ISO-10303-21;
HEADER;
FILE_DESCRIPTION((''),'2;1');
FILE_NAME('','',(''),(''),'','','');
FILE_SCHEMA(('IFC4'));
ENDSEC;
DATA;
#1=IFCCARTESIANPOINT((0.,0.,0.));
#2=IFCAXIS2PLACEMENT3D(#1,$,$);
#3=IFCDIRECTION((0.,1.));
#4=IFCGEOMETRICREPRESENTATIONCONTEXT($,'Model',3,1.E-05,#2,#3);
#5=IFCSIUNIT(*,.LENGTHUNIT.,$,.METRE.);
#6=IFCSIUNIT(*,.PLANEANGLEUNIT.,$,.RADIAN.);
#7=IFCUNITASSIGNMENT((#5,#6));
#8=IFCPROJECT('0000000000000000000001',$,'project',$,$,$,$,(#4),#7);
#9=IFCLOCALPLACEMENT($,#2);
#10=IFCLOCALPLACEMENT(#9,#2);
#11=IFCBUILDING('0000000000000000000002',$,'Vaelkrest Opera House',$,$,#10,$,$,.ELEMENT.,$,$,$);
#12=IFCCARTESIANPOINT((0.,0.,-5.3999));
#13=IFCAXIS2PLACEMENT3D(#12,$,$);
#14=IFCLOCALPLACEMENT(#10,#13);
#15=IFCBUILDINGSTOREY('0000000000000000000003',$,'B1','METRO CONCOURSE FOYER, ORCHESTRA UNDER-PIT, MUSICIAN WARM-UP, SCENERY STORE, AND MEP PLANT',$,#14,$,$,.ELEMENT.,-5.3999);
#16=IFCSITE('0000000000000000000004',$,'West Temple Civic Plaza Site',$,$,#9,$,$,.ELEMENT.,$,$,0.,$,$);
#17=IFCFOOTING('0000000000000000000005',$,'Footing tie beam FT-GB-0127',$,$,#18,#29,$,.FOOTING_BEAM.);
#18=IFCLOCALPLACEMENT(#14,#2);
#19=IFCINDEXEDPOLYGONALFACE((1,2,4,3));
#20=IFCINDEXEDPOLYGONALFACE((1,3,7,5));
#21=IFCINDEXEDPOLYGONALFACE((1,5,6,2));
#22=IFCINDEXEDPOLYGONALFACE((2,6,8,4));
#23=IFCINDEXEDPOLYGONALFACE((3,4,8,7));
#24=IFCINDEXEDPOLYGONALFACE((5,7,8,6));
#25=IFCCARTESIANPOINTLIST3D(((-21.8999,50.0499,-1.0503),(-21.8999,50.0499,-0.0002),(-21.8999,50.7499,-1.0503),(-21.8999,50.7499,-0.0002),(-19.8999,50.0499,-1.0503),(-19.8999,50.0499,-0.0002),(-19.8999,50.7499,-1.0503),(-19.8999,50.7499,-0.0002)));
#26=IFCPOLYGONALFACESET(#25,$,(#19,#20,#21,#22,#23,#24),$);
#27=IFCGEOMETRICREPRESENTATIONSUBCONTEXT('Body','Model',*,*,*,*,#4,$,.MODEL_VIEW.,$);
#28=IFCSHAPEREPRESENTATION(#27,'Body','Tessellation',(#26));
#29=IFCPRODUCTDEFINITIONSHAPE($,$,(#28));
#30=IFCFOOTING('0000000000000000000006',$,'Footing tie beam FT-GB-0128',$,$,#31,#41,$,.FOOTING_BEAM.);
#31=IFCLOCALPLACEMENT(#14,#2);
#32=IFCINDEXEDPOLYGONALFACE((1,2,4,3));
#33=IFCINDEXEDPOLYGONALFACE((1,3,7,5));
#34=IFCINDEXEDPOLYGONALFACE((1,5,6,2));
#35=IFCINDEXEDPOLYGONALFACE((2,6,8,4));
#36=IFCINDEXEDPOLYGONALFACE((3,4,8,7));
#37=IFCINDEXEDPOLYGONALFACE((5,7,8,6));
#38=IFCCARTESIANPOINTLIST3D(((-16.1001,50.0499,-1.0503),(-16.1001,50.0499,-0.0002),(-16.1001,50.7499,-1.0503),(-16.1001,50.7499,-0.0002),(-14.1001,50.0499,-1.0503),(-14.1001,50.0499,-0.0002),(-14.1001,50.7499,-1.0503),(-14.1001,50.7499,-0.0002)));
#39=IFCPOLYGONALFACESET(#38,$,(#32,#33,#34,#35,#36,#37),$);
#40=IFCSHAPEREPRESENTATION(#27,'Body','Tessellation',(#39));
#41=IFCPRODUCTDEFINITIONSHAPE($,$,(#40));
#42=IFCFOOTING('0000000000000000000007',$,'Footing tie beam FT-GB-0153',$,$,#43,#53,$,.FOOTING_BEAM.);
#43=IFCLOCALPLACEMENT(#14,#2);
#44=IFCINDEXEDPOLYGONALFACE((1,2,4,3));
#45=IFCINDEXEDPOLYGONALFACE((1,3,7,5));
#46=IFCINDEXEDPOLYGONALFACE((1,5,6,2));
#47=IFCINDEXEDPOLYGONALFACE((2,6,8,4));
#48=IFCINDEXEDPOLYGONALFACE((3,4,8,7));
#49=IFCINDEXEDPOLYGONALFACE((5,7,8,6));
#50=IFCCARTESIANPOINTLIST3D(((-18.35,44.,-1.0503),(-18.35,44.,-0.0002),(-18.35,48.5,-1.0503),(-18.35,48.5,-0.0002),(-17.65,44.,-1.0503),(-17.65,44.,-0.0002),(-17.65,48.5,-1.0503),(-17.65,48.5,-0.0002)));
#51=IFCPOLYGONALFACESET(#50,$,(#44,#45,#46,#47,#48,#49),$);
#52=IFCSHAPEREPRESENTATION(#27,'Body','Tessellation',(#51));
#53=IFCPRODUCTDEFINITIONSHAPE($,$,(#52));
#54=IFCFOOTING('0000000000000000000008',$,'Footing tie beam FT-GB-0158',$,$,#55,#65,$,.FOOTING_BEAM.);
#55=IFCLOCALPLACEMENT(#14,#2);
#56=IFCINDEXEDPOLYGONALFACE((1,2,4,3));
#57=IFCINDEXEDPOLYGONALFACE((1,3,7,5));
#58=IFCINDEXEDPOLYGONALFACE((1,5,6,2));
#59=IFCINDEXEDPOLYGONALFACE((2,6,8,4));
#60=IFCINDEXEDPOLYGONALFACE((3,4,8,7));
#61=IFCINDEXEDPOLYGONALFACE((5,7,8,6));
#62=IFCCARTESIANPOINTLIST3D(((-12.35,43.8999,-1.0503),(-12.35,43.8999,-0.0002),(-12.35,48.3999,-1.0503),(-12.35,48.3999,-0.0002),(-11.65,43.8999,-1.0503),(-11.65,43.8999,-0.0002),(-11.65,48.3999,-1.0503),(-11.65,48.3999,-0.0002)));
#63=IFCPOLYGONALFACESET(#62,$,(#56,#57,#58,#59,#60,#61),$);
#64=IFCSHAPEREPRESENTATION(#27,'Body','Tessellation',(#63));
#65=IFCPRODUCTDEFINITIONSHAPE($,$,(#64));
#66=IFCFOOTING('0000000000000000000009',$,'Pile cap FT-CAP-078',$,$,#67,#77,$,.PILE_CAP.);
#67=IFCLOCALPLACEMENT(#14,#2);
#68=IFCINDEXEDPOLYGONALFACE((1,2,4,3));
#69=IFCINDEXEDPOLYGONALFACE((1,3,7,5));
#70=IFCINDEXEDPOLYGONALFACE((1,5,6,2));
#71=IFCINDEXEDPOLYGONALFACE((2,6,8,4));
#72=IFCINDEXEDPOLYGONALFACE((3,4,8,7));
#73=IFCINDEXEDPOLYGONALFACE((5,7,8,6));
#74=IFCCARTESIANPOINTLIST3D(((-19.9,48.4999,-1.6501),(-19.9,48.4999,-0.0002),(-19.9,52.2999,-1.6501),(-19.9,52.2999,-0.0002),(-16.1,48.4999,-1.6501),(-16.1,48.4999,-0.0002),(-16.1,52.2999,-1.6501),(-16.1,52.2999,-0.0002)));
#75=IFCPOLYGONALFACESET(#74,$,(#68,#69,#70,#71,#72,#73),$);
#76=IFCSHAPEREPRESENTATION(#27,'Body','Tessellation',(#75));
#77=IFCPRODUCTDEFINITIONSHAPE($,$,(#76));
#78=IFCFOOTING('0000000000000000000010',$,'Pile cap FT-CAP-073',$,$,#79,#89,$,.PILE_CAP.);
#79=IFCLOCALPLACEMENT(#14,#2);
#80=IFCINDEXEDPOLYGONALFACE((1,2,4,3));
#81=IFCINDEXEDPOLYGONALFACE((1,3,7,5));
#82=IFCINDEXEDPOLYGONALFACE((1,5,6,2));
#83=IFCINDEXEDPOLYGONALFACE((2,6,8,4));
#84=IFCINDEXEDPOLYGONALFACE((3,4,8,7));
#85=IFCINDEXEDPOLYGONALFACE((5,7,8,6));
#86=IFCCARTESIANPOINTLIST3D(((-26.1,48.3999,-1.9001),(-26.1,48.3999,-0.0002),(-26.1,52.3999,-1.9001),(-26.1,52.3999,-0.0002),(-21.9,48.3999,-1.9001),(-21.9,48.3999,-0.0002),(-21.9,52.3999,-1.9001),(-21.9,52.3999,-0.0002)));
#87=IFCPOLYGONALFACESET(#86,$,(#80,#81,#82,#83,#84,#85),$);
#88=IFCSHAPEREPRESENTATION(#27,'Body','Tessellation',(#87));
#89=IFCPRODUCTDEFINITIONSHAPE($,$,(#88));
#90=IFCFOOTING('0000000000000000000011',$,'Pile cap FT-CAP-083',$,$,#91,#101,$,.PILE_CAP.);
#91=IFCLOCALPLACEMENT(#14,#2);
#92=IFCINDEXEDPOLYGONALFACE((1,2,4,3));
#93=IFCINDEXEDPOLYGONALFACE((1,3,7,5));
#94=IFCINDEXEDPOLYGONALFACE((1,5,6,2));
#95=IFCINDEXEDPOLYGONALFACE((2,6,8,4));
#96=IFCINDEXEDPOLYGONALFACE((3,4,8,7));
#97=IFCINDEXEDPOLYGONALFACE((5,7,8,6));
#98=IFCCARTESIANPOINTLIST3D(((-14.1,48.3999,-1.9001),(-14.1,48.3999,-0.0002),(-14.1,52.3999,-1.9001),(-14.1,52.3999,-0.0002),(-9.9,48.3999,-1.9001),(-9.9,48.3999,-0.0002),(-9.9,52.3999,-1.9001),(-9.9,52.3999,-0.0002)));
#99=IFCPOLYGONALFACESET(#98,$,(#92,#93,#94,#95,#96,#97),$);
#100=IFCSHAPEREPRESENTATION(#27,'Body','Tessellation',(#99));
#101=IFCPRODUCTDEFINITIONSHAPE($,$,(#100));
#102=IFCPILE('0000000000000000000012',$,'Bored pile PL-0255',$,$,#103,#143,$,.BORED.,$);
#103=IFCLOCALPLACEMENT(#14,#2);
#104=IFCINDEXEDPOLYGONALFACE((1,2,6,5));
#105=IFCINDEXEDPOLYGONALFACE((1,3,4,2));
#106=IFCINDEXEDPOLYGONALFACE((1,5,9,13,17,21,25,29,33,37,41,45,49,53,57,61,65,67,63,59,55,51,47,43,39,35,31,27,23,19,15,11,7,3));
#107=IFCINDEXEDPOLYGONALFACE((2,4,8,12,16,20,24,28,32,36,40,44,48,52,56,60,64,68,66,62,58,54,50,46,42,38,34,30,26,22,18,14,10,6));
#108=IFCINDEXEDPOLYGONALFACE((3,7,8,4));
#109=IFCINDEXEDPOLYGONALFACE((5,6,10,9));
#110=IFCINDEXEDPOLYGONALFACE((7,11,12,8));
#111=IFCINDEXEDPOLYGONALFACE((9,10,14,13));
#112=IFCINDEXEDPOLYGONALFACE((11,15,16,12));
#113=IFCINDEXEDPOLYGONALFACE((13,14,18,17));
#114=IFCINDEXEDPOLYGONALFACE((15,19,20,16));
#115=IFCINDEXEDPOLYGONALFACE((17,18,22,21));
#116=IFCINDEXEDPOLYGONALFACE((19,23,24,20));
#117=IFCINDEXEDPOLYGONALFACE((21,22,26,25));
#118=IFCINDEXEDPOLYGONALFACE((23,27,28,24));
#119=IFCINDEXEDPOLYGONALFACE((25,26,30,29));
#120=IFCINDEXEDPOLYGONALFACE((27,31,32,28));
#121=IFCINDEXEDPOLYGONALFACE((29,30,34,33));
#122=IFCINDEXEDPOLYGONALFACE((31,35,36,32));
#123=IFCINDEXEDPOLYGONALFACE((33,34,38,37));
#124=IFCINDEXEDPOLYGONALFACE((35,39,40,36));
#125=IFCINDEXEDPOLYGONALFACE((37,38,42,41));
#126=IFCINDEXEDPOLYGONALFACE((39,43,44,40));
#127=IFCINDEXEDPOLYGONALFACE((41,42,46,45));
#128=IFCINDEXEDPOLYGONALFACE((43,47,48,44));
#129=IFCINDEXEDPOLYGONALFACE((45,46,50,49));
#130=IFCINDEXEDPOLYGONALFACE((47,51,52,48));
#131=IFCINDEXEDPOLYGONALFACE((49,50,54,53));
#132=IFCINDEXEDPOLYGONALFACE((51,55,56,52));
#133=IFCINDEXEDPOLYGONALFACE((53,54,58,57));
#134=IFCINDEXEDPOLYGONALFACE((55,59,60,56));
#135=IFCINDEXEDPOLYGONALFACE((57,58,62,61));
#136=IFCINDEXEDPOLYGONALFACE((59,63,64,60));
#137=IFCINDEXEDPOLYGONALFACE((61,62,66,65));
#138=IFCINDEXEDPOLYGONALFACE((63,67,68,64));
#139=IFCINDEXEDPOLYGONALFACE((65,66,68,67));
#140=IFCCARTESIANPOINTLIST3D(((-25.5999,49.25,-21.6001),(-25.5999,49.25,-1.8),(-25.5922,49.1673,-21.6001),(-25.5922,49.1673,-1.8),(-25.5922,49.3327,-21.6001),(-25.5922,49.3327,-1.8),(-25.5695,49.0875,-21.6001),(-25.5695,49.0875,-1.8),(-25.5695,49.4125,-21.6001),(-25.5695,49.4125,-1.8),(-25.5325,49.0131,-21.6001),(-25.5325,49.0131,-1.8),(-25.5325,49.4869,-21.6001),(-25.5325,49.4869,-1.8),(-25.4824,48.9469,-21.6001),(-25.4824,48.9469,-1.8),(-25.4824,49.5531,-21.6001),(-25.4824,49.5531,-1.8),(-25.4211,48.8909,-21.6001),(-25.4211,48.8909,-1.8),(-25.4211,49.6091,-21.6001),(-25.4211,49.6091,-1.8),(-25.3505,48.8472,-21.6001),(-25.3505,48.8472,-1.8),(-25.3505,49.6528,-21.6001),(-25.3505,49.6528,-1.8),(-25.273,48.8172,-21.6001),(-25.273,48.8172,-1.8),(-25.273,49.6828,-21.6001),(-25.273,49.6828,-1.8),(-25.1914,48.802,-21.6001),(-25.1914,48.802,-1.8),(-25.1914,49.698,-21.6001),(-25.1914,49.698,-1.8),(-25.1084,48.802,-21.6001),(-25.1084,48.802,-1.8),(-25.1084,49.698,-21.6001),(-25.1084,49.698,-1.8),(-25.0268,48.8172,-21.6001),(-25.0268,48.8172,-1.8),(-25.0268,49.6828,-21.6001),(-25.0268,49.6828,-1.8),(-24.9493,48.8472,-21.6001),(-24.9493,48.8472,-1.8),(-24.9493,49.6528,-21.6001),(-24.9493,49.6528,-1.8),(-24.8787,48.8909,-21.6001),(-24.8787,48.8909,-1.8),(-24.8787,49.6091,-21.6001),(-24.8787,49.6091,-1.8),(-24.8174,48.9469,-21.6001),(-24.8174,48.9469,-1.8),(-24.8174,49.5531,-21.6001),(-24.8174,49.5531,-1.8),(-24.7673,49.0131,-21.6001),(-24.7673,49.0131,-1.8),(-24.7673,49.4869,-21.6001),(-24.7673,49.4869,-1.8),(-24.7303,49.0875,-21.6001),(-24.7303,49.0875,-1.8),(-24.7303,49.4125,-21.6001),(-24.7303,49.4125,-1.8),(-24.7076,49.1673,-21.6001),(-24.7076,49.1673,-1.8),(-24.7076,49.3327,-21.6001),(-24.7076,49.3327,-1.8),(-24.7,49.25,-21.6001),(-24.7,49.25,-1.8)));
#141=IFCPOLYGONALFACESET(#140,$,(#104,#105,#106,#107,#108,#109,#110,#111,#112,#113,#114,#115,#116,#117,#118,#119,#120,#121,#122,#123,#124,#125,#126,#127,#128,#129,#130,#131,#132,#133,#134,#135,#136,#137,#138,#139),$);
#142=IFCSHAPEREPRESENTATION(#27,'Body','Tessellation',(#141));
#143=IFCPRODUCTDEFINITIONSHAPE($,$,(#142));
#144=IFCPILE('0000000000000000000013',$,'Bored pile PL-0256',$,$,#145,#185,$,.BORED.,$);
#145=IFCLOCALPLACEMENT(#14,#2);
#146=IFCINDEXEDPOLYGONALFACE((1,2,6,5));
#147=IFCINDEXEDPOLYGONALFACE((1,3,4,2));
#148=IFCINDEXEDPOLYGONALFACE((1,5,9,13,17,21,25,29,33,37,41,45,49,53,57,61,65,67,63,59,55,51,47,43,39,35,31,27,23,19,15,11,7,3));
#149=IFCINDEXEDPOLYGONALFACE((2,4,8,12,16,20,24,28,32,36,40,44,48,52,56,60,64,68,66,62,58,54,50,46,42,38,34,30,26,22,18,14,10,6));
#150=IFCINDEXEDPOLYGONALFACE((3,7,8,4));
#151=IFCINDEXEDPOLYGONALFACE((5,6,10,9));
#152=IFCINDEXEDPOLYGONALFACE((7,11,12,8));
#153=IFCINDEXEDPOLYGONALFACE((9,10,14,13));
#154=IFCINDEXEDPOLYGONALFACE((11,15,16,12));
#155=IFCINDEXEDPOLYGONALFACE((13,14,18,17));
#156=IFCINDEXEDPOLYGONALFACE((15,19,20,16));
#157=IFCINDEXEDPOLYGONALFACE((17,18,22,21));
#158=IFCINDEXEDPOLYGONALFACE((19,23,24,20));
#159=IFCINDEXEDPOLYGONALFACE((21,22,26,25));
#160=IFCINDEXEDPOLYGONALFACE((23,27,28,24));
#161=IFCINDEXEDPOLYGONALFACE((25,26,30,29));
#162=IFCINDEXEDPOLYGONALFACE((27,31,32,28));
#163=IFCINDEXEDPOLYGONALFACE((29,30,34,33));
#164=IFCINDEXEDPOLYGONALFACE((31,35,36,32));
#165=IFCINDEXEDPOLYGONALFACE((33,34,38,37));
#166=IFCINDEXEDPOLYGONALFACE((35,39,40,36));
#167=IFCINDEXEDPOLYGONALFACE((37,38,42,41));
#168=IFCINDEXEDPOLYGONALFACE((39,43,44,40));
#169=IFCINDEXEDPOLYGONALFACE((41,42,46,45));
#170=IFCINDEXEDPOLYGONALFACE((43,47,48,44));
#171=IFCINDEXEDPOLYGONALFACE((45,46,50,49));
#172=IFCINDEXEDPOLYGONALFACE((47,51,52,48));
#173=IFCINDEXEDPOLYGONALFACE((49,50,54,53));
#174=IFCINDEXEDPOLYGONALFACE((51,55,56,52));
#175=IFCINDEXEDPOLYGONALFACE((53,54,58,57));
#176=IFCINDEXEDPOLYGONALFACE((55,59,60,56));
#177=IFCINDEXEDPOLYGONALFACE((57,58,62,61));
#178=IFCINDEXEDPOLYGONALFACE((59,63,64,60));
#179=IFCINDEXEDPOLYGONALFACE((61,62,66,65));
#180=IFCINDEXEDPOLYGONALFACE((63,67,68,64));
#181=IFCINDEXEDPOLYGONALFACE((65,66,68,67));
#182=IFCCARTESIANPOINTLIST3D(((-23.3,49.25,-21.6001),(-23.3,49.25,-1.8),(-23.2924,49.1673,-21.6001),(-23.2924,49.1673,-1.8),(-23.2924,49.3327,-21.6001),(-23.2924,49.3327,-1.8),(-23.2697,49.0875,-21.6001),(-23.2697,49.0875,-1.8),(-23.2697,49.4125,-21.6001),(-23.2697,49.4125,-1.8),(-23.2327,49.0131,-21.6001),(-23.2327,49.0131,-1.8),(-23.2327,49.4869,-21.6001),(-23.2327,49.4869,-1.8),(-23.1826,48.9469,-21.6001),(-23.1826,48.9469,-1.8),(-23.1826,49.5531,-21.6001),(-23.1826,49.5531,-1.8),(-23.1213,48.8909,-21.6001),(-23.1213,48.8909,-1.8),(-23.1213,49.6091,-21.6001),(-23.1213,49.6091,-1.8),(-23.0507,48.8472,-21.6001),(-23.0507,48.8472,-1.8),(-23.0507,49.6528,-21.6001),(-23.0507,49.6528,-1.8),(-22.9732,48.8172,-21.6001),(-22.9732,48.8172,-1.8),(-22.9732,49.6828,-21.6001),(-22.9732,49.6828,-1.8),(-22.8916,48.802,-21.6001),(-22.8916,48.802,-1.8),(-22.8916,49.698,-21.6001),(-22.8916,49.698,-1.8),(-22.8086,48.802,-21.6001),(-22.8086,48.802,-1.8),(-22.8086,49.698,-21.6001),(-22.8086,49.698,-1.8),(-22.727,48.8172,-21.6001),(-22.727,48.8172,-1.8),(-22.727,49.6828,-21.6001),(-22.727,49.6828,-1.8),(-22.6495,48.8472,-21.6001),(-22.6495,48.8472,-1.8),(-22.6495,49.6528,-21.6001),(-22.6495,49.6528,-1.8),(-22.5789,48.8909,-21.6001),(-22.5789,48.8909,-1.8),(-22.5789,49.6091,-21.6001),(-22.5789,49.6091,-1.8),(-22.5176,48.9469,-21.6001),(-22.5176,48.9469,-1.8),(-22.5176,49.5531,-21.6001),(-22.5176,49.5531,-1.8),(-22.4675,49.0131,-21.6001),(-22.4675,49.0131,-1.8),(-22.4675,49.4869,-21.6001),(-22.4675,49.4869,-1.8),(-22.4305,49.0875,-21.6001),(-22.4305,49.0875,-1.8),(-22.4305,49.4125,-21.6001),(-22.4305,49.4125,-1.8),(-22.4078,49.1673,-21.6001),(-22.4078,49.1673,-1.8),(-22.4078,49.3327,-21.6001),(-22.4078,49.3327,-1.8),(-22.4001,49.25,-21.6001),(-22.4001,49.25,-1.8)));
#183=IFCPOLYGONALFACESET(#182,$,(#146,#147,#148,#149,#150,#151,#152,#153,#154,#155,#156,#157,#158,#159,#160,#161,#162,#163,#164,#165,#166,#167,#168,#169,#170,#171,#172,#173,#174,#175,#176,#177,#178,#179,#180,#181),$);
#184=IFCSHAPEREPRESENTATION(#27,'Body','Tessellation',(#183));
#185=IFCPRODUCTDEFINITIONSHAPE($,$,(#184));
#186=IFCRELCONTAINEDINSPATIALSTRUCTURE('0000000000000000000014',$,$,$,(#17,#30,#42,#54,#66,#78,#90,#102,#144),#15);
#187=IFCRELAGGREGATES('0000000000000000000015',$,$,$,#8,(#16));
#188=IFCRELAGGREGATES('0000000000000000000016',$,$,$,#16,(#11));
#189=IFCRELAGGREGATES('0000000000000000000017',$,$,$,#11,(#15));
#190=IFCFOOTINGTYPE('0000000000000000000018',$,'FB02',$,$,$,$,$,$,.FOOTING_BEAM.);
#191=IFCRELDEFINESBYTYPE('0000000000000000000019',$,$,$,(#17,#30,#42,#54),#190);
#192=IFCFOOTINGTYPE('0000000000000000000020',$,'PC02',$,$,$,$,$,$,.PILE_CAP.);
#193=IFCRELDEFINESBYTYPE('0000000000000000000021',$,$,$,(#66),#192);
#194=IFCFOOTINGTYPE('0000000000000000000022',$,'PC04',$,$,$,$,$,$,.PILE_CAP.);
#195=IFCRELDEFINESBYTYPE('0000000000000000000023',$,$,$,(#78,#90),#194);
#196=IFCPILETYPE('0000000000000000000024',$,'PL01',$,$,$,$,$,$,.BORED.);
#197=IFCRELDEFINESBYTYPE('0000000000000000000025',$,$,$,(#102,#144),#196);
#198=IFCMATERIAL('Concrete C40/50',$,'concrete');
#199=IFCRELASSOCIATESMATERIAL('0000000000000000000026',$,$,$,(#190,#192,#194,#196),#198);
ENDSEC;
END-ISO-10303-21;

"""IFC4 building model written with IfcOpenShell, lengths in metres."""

from ifc_helpers import new_model, si_unit, direction, frame, origin, origin_2d, place, context, subcontext, project, spatial, rectangle, circle, extrude, material, material_profile, profile_set, type_object, element, save


model = new_model("IFC4")

# Units and contexts
model_context = context("Model", 3, precision=1e-05, world=origin(), true_north=direction((0.0, 1.0)))
body_context = subcontext(model_context, "Body", "Model", "MODEL_VIEW")
ifc_project = project(units=[si_unit("LENGTHUNIT", "METRE"), si_unit("PLANEANGLEUNIT", "RADIAN")], contexts=[model_context])

# Site, building, storey
site_placement = place(None, origin())
site = spatial("IfcSite", under=ifc_project, at=site_placement, Name="West Temple Civic Plaza Site", CompositionType="ELEMENT", RefElevation=0.0)
building_placement = place(site_placement, origin())
building = spatial("IfcBuilding", under=site, at=building_placement, Name="Vaelkrest Opera House", CompositionType="ELEMENT")
storey_placement = place(building_placement, frame((0.0, 0.0, -5.3999)))
storey = spatial("IfcBuildingStorey", under=building, at=storey_placement, Name="B1", Description="METRO CONCOURSE FOYER, ORCHESTRA UNDER-PIT, MUSICIAN WARM-UP, SCENERY STORE, AND MEP PLANT", CompositionType="ELEMENT", Elevation=-5.3999)

# Footings
ifc_material_1 = material(Name="Concrete C40/50", Category="concrete")
footing_type_1 = type_object("IfcFootingType", Name="FB02", PredefinedType="FOOTING_BEAM", material=ifc_material_1)
for number, where, z_axis, x_axis, name in (
    (1, (-20.8999, 50.3999, -1.0503), (0.0, 0.0, 1.0), (1.0, 0.0, 0.0), "Footing tie beam FT-GB-0127"),
    (2, (-15.1001, 50.3999, -1.0503), (0.0, 0.0, 1.0), (1.0, 0.0, 0.0), "Footing tie beam FT-GB-0128"),
):
    element("IfcFooting", number, at=place(storey_placement, frame(where, z_axis=z_axis, x_axis=x_axis)), inside=storey, type_object=footing_type_1, Name=name, PredefinedType="FOOTING_BEAM", context=body_context, shape_type="SweptSolid", body=[
        extrude(rectangle(XDim=2.0, YDim=0.7, at=origin_2d()), origin(), (0.0, 0.0, 1.0), 1.05),
    ])
for number, where, z_axis, x_axis, name in (
    (3, (-18.0, 46.25, -1.0503), (0.0, 0.0, 1.0), (0.0, 1.0, 0.0), "Footing tie beam FT-GB-0153"),
    (4, (-12.0, 46.1499, -1.0503), (0.0, 0.0, 1.0), (0.0, 1.0, 0.0), "Footing tie beam FT-GB-0158"),
):
    element("IfcFooting", number, at=place(storey_placement, frame(where, z_axis=z_axis, x_axis=x_axis)), inside=storey, type_object=footing_type_1, Name=name, PredefinedType="FOOTING_BEAM", context=body_context, shape_type="SweptSolid", body=[
        extrude(rectangle(XDim=4.5, YDim=0.7, at=origin_2d()), origin(), (0.0, 0.0, 1.0), 1.05),
    ])
footing_type_2 = type_object("IfcFootingType", Name="PC02", PredefinedType="PILE_CAP", material=ifc_material_1)
footing_placement = place(storey_placement, frame((-18.0, 50.3999, -1.6501), z_axis=(0.0, 0.0, 1.0), x_axis=(1.0, 0.0, 0.0)))
element("IfcFooting", 5, at=footing_placement, inside=storey, type_object=footing_type_2, Name="Pile cap FT-CAP-078", PredefinedType="PILE_CAP", context=body_context, shape_type="SweptSolid", body=[
    extrude(rectangle(XDim=3.8, YDim=3.8, at=origin_2d()), origin(), (0.0, 0.0, 1.0), 1.6499),
])
footing_type_3 = type_object("IfcFootingType", Name="PC04", PredefinedType="PILE_CAP", material=ifc_material_1)
for number, where, z_axis, x_axis, name in (
    (6, (-24.0, 50.3999, -1.9001), (0.0, 0.0, 1.0), (1.0, 0.0, 0.0), "Pile cap FT-CAP-073"),
    (7, (-12.0, 50.3999, -1.9001), (0.0, 0.0, 1.0), (1.0, 0.0, 0.0), "Pile cap FT-CAP-083"),
):
    element("IfcFooting", number, at=place(storey_placement, frame(where, z_axis=z_axis, x_axis=x_axis)), inside=storey, type_object=footing_type_3, Name=name, PredefinedType="PILE_CAP", context=body_context, shape_type="SweptSolid", body=[
        extrude(rectangle(XDim=4.2, YDim=4.0, at=origin_2d()), origin(), (0.0, 0.0, 1.0), 1.8999),
    ])

# Piles
ifc_material_profile_1 = material_profile(ifc_material_1, circle(Radius=0.45, at=origin_2d()), Name="PILE900")
ifc_profile_set_1 = profile_set([ifc_material_profile_1], Name="Concrete C40/50")
pile_type = type_object("IfcPileType", Name="PL01", PredefinedType="BORED", material=ifc_profile_set_1)
for number, where, z_axis, x_axis, name in (
    (8, (-25.1499, 49.25, -1.8), (0.0, 0.0, -1.0), (1.0, 0.0, 0.0), "Bored pile PL-0255"),
    (9, (-22.8501, 49.25, -1.8), (0.0, 0.0, -1.0), (1.0, 0.0, 0.0), "Bored pile PL-0256"),
):
    element("IfcPile", number, at=place(storey_placement, frame(where, z_axis=z_axis, x_axis=x_axis)), inside=storey, type_object=pile_type, Name=name, PredefinedType="BORED", context=body_context, shape_type="SweptSolid", body=[
        extrude(circle(Radius=0.45, at=origin_2d()), origin(), (0.0, 0.0, 1.0), 19.8),
    ])

save(model, "model.ifc")
